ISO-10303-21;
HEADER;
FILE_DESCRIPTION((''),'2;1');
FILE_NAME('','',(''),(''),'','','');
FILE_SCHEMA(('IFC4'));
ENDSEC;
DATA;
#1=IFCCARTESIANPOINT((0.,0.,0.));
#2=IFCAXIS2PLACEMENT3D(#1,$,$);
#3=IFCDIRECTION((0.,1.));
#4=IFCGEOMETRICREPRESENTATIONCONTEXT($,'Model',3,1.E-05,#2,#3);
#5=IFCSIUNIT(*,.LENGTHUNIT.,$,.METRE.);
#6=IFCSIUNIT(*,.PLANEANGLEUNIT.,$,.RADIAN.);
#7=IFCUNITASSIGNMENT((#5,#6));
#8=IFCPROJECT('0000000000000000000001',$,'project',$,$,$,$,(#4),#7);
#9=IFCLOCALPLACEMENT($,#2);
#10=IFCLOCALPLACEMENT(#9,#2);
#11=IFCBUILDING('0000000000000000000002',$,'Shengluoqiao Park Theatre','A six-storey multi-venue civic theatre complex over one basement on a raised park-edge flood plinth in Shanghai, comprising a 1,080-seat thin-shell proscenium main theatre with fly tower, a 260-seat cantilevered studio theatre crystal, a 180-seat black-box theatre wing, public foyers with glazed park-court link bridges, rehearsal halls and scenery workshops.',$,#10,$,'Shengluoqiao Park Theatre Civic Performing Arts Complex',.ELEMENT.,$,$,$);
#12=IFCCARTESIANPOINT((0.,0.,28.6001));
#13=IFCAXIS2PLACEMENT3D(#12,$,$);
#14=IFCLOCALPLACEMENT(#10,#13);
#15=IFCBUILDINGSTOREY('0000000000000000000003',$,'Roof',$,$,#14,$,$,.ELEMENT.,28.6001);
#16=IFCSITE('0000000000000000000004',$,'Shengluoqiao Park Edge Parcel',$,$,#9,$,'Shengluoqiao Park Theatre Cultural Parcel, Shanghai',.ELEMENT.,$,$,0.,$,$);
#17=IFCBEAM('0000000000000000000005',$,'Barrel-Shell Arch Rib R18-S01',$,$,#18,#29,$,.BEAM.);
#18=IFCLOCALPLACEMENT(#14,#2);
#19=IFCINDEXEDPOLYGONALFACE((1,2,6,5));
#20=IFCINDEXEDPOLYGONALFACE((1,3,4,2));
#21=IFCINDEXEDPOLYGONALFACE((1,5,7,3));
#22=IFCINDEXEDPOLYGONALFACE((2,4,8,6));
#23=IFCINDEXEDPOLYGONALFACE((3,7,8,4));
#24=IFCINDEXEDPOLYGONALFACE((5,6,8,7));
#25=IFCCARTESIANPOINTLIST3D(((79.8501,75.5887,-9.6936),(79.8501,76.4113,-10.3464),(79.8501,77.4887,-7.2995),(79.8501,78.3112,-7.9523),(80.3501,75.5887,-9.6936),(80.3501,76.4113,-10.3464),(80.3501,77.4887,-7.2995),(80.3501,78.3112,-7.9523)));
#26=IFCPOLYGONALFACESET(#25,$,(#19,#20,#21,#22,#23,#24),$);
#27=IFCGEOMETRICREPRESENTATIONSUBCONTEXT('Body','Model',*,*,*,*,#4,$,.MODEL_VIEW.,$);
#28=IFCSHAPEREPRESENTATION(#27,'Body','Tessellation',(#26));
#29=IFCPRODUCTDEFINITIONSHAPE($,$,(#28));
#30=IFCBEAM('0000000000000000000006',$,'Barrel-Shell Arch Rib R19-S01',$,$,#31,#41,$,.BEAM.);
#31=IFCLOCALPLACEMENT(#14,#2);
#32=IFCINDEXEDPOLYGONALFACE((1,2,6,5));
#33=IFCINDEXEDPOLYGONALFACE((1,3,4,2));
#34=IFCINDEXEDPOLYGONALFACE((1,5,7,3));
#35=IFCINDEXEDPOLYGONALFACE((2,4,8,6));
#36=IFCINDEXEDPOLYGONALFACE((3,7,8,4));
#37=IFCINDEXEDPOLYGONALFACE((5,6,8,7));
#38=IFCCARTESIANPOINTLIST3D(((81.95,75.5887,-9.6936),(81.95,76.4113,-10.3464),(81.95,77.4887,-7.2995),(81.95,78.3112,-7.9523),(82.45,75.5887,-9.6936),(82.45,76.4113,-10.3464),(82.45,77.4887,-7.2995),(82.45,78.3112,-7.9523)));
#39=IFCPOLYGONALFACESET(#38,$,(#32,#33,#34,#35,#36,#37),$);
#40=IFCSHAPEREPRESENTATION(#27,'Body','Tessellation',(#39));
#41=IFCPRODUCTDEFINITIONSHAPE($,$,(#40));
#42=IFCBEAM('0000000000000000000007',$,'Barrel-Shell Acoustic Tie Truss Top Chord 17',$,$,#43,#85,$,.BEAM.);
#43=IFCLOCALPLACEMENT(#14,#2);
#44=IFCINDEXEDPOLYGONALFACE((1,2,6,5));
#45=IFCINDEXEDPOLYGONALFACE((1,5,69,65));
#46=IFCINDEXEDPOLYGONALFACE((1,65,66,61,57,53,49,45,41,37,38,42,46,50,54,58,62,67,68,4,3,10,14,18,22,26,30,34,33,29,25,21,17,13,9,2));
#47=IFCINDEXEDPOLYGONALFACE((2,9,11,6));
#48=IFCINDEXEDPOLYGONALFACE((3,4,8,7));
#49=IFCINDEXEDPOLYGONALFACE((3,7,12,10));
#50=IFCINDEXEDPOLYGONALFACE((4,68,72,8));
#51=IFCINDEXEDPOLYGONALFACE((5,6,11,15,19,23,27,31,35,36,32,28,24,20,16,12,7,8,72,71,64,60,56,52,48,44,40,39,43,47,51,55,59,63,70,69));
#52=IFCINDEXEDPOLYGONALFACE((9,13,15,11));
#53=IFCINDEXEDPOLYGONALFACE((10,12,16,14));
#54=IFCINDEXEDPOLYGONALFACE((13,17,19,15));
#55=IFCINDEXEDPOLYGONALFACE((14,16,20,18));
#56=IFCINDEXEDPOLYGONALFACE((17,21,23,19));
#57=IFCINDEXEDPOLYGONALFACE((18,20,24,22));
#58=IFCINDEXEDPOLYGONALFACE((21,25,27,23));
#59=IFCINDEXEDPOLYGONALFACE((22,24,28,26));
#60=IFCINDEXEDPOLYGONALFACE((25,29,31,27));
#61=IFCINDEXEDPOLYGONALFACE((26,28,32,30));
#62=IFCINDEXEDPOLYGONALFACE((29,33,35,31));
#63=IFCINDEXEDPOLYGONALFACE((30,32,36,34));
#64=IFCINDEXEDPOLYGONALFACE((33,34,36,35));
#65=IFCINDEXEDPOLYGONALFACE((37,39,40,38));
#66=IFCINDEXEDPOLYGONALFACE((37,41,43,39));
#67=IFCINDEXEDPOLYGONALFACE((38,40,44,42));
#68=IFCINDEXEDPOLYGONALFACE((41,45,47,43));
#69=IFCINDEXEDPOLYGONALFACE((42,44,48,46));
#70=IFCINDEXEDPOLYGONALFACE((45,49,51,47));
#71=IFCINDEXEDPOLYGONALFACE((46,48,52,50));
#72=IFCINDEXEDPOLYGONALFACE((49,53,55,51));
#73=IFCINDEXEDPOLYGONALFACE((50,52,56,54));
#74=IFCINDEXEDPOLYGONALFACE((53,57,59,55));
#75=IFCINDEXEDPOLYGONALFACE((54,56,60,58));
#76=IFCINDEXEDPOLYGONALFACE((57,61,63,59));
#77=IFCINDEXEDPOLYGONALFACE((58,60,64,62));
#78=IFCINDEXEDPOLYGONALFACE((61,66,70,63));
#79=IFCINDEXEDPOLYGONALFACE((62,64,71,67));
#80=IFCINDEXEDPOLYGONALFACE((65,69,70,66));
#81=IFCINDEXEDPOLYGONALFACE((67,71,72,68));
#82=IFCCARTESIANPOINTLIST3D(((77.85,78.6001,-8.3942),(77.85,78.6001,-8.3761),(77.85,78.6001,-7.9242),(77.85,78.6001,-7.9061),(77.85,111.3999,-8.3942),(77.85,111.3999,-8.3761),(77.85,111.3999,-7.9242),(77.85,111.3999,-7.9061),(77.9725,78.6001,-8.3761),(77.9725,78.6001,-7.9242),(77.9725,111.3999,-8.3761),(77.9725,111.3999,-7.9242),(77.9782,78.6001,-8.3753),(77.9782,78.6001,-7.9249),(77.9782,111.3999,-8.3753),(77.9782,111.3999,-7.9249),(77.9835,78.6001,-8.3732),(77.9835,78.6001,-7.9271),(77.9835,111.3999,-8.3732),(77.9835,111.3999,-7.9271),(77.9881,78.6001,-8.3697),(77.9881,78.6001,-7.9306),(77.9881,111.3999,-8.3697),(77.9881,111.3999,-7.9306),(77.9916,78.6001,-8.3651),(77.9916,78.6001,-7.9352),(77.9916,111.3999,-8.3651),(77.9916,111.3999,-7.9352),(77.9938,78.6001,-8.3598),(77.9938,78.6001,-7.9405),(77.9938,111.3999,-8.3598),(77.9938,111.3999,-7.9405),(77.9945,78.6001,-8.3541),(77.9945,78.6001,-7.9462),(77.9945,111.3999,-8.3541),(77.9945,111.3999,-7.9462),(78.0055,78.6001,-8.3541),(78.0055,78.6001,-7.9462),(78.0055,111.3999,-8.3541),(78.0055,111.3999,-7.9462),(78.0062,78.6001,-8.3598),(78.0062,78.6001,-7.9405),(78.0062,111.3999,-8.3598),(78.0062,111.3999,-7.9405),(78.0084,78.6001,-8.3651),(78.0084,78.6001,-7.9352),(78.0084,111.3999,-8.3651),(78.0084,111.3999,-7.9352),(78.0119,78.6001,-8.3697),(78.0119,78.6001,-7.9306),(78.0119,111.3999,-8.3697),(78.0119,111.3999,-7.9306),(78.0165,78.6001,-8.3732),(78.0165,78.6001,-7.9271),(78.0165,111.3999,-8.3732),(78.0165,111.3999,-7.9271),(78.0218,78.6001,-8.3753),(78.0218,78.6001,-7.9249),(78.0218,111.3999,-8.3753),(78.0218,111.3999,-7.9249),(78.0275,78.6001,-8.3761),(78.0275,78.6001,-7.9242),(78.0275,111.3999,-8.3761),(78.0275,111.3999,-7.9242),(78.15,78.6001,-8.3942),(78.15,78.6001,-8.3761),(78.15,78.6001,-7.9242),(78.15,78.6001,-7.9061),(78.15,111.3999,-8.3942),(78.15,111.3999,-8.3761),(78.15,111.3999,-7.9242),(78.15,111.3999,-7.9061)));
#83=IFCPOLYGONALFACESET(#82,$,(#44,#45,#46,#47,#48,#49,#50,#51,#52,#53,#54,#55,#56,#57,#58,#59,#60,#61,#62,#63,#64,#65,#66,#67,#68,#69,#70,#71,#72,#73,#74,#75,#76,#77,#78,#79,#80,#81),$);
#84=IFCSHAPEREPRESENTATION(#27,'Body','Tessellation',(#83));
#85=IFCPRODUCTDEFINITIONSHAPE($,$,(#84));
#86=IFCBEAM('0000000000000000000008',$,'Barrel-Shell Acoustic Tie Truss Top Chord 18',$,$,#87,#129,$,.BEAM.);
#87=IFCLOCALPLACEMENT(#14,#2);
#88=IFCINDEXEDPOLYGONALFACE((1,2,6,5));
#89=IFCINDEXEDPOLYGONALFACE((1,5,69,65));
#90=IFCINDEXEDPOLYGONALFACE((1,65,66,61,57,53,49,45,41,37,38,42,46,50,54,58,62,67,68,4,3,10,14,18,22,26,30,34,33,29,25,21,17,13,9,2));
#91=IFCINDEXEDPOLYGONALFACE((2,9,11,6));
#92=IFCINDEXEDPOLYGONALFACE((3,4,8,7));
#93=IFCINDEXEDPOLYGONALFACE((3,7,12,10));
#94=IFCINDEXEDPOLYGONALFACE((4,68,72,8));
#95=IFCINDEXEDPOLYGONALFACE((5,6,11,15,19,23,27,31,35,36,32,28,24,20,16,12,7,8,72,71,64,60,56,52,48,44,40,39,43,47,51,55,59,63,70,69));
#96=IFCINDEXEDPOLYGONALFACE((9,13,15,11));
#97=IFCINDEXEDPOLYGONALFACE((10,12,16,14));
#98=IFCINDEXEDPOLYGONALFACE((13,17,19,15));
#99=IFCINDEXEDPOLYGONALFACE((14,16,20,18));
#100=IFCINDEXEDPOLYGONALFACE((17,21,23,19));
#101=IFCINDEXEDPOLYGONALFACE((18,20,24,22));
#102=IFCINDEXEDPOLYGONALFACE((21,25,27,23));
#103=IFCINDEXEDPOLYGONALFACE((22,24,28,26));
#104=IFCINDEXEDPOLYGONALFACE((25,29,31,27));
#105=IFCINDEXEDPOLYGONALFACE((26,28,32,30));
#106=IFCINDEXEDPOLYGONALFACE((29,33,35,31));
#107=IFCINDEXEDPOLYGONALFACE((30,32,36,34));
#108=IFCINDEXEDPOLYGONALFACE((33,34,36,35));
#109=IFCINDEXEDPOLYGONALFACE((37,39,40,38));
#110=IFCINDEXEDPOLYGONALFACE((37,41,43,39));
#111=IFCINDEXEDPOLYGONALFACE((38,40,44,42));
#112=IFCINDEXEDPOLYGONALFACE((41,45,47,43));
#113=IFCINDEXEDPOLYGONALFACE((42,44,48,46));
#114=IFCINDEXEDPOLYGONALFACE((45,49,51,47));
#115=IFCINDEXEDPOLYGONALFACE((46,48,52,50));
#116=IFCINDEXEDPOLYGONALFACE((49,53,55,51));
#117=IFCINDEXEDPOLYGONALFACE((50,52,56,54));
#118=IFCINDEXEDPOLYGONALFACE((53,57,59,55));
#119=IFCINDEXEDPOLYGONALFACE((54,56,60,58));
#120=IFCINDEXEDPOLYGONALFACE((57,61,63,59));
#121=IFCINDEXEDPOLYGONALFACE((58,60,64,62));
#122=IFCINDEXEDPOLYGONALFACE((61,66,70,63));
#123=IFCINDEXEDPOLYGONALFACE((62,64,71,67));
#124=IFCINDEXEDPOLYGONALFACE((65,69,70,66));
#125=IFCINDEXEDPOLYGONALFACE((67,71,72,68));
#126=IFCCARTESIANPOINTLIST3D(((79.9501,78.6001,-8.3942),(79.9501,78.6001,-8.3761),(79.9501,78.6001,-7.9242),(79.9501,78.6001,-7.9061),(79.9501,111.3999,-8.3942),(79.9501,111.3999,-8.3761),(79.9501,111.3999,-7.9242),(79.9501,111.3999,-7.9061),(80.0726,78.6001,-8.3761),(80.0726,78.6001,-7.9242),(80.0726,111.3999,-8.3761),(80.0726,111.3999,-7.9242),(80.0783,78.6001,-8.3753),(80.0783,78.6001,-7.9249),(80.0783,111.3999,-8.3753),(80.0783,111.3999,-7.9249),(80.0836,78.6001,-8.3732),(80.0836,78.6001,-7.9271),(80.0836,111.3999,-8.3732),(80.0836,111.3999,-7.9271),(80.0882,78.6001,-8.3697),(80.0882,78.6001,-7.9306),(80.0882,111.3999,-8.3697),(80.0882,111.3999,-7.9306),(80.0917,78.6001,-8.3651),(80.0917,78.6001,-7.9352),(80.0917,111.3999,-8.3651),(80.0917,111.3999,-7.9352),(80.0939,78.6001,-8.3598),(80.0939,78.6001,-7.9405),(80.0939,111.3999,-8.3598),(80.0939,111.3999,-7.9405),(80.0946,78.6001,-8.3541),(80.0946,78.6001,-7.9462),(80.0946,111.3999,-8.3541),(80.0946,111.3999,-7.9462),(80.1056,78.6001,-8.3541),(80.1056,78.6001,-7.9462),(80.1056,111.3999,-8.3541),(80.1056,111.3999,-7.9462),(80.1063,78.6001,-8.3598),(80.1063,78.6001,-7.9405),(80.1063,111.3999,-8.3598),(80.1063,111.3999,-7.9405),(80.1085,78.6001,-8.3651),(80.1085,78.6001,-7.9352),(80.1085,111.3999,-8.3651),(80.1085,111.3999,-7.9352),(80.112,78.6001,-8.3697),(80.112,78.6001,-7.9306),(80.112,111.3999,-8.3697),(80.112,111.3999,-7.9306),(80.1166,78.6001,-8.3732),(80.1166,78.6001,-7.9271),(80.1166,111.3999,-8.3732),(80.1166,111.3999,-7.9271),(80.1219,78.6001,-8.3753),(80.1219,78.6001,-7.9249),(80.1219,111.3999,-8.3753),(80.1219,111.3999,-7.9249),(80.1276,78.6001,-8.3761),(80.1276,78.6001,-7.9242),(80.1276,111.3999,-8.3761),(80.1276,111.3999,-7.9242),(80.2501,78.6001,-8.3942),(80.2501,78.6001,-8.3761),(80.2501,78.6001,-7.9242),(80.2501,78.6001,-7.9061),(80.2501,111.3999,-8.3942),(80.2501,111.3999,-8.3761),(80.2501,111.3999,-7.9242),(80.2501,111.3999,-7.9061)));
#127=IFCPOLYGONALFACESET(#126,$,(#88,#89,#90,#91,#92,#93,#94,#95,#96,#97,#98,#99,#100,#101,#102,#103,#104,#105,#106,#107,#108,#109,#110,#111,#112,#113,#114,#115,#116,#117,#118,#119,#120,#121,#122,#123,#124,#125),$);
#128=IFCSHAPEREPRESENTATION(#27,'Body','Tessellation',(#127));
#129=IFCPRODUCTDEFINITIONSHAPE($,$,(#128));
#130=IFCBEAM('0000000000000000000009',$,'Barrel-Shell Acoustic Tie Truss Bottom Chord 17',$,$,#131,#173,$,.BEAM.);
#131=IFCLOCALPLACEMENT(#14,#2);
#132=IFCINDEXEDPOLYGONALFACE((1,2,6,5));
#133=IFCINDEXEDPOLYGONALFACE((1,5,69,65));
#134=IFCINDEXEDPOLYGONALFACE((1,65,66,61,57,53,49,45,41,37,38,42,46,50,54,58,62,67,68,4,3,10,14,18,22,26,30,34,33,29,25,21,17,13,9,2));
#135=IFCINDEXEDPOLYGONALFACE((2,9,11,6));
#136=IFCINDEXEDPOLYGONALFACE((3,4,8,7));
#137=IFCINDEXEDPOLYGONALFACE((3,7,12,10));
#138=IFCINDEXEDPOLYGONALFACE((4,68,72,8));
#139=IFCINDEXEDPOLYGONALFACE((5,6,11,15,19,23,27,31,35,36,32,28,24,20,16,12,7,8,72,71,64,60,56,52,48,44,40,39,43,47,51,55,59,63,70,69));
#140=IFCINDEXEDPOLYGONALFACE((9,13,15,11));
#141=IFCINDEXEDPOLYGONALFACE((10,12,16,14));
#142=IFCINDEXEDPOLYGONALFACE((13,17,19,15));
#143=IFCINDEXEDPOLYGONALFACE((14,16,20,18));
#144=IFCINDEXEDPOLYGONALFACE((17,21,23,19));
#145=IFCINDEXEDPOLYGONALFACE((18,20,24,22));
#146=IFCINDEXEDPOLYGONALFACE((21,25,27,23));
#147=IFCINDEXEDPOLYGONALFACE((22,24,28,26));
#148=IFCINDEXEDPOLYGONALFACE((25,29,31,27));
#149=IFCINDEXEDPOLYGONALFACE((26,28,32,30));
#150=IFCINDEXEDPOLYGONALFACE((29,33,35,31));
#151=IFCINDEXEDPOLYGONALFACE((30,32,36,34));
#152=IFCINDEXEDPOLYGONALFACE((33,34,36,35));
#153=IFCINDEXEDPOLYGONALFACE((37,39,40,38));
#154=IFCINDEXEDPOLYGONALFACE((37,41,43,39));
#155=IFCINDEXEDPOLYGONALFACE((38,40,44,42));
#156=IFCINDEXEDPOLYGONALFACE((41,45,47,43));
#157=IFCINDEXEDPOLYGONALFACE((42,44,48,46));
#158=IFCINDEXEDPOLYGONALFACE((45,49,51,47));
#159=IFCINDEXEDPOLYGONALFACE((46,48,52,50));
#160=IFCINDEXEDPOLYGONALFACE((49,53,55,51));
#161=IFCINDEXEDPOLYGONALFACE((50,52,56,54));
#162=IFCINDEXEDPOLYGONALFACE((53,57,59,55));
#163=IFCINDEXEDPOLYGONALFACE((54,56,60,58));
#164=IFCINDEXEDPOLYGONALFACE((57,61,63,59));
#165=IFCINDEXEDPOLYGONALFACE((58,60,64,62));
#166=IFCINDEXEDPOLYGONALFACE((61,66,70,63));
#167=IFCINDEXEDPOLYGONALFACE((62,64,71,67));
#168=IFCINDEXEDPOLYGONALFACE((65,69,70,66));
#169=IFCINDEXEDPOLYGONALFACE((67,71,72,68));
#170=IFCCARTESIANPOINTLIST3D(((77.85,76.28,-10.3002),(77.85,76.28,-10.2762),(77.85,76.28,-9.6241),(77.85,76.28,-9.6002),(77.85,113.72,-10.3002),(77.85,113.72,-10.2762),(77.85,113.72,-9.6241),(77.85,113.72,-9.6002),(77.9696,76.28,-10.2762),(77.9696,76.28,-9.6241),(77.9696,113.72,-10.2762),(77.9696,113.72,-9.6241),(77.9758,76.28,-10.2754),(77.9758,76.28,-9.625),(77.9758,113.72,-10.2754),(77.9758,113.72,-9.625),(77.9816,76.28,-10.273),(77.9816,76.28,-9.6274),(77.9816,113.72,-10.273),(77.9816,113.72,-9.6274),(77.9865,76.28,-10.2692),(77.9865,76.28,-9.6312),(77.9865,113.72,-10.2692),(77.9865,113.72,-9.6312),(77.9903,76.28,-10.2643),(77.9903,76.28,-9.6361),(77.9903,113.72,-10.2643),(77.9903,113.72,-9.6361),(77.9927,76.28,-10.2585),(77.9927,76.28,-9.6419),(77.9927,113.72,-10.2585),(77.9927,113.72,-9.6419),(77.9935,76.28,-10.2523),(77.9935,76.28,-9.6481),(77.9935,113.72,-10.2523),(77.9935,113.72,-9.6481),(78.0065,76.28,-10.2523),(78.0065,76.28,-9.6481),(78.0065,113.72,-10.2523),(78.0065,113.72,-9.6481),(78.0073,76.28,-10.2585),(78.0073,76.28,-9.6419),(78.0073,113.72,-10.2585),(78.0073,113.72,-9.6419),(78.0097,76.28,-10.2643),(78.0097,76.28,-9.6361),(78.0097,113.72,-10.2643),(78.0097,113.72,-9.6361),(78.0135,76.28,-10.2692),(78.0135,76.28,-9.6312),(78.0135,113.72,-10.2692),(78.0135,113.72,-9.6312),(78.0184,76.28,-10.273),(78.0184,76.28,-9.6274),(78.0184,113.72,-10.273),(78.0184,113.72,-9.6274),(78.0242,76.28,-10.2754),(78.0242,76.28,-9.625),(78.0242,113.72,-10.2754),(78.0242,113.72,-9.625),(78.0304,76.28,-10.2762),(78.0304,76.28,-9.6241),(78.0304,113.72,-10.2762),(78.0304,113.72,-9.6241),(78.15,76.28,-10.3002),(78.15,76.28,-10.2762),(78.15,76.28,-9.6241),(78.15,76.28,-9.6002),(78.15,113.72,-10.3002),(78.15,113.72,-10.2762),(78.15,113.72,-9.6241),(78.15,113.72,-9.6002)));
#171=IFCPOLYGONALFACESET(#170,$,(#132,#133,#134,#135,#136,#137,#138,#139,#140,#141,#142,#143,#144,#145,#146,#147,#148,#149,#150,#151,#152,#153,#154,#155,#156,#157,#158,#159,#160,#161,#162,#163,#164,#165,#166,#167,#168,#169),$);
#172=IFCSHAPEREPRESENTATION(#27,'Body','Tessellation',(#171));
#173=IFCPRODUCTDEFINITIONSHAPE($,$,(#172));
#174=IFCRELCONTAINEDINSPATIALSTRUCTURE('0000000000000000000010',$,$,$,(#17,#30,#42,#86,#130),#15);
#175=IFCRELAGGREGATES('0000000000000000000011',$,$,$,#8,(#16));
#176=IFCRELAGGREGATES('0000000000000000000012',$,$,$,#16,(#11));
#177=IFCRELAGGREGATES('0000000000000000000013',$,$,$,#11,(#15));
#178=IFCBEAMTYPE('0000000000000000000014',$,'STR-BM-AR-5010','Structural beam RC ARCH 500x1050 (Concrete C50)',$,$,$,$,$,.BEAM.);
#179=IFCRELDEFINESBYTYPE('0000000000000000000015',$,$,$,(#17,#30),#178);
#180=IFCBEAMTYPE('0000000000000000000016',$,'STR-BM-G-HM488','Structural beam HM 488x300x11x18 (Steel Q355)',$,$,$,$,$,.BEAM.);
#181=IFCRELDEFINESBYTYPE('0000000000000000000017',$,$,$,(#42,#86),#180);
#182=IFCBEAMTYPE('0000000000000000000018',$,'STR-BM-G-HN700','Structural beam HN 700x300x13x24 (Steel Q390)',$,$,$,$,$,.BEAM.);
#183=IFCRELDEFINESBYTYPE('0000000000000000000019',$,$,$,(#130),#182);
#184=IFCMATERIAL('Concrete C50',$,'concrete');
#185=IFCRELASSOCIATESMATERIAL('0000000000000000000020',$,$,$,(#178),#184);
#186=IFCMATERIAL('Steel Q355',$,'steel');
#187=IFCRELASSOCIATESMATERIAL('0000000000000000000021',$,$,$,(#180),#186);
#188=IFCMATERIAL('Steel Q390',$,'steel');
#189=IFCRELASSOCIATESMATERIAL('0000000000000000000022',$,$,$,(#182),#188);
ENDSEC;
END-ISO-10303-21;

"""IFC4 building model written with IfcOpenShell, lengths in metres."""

from ifc_helpers import new_model, si_unit, direction, frame, origin, origin_2d, place, context, subcontext, project, spatial, rectangle, i_section, extrude, material, material_profile, profile_set, type_object, element, save


model = new_model("IFC4")

# Units and contexts
model_context = context("Model", 3, precision=1e-05, world=origin(), true_north=direction((0.0, 1.0)))
body_context = subcontext(model_context, "Body", "Model", "MODEL_VIEW")
ifc_project = project(units=[si_unit("LENGTHUNIT", "METRE"), si_unit("PLANEANGLEUNIT", "RADIAN")], contexts=[model_context])

# Site, building, storey
site_placement = place(None, origin())
site = spatial("IfcSite", under=ifc_project, at=site_placement, Name="Shengluoqiao Park Edge Parcel", LongName="Shengluoqiao Park Theatre Cultural Parcel, Shanghai", CompositionType="ELEMENT", RefElevation=0.0)
building_placement = place(site_placement, origin())
building = spatial("IfcBuilding", under=site, at=building_placement, Name="Shengluoqiao Park Theatre", Description="A six-storey multi-venue civic theatre complex over one basement on a raised park-edge flood plinth in Shanghai, comprising a 1,080-seat thin-shell proscenium main theatre with fly tower, a 260-seat cantilevered studio theatre crystal, a 180-seat black-box theatre wing, public foyers with glazed park-court link bridges, rehearsal halls and scenery workshops.", LongName="Shengluoqiao Park Theatre Civic Performing Arts Complex", CompositionType="ELEMENT")
storey_placement = place(building_placement, frame((0.0, 0.0, 28.6001)))
storey = spatial("IfcBuildingStorey", under=building, at=storey_placement, Name="Roof", CompositionType="ELEMENT", Elevation=28.6001)

# Beams
ifc_material_1 = material(Name="Concrete C50", Category="concrete")
ifc_material_profile_1 = material_profile(ifc_material_1, rectangle(XDim=0.5, YDim=1.05, at=origin_2d()), Name="RC ARCH 500x1050")
ifc_profile_set_1 = profile_set([ifc_material_profile_1], Name="Concrete C50")
beam_type_1 = type_object("IfcBeamType", Name="STR-BM-AR-5010", Description="Structural beam RC ARCH 500x1050 (Concrete C50)", PredefinedType="BEAM", material=ifc_profile_set_1)
for number, where, z_axis, x_axis, name in (
    (1, (80.1001, 76.0, -10.02), (0.0, 0.621631, 0.78331), (-1.0, 0.0, 0.0), "Barrel-Shell Arch Rib R18-S01"),
    (2, (82.2, 76.0, -10.02), (0.0, 0.621631, 0.78331), (-1.0, 0.0, 0.0), "Barrel-Shell Arch Rib R19-S01"),
):
    element("IfcBeam", number, at=place(storey_placement, frame(where, z_axis=z_axis, x_axis=x_axis)), inside=storey, type_object=beam_type_1, Name=name, PredefinedType="BEAM", context=body_context, shape_type="SweptSolid", body=[
        extrude(rectangle(XDim=0.5, YDim=1.05, at=origin_2d()), origin(), (0.0, 0.0, 1.0), 3.0564),
    ])
ifc_material_2 = material(Name="Steel Q355", Category="steel")
ifc_material_profile_2 = material_profile(ifc_material_2, i_section(OverallWidth=0.3, OverallDepth=0.488, WebThickness=0.011, FlangeThickness=0.0181, FilletRadius=0.022, at=origin_2d()), Name="HM 488x300x11x18")
ifc_profile_set_2 = profile_set([ifc_material_profile_2], Name="Steel Q355")
beam_type_2 = type_object("IfcBeamType", Name="STR-BM-G-HM488", Description="Structural beam HM 488x300x11x18 (Steel Q355)", PredefinedType="BEAM", material=ifc_profile_set_2)
for number, where, z_axis, x_axis, name in (
    (3, (78.0, 78.6001, -8.1501), (0.0, 1.0, 0.0), (-1.0, 0.0, 0.0), "Barrel-Shell Acoustic Tie Truss Top Chord 17"),
    (4, (80.1001, 78.6001, -8.1501), (0.0, 1.0, 0.0), (-1.0, 0.0, 0.0), "Barrel-Shell Acoustic Tie Truss Top Chord 18"),
):
    element("IfcBeam", number, at=place(storey_placement, frame(where, z_axis=z_axis, x_axis=x_axis)), inside=storey, type_object=beam_type_2, Name=name, PredefinedType="BEAM", context=body_context, shape_type="SweptSolid", body=[
        extrude(i_section(OverallWidth=0.3, OverallDepth=0.488, WebThickness=0.011, FlangeThickness=0.0181, FilletRadius=0.022, at=origin_2d()), origin(), (0.0, 0.0, 1.0), 32.7998),
    ])
ifc_material_3 = material(Name="Steel Q390", Category="steel")
ifc_material_profile_3 = material_profile(ifc_material_3, i_section(OverallWidth=0.3, OverallDepth=0.7, WebThickness=0.0129, FlangeThickness=0.0239, FilletRadius=0.0239, at=origin_2d()), Name="HN 700x300x13x24")
ifc_profile_set_3 = profile_set([ifc_material_profile_3], Name="Steel Q390")
beam_type_3 = type_object("IfcBeamType", Name="STR-BM-G-HN700", Description="Structural beam HN 700x300x13x24 (Steel Q390)", PredefinedType="BEAM", material=ifc_profile_set_3)
for number, where, z_axis, x_axis, name in (
    (5, (78.0, 76.28, -9.9502), (0.0, 1.0, 0.0), (-1.0, 0.0, 0.0), "Barrel-Shell Acoustic Tie Truss Bottom Chord 17"),
):
    element("IfcBeam", number, at=place(storey_placement, frame(where, z_axis=z_axis, x_axis=x_axis)), inside=storey, type_object=beam_type_3, Name=name, PredefinedType="BEAM", context=body_context, shape_type="SweptSolid", body=[
        extrude(i_section(OverallWidth=0.3, OverallDepth=0.7, WebThickness=0.0129, FlangeThickness=0.0239, FilletRadius=0.0239, at=origin_2d()), origin(), (0.0, 0.0, 1.0), 37.4399),
    ])

save(model, "model.ifc")
